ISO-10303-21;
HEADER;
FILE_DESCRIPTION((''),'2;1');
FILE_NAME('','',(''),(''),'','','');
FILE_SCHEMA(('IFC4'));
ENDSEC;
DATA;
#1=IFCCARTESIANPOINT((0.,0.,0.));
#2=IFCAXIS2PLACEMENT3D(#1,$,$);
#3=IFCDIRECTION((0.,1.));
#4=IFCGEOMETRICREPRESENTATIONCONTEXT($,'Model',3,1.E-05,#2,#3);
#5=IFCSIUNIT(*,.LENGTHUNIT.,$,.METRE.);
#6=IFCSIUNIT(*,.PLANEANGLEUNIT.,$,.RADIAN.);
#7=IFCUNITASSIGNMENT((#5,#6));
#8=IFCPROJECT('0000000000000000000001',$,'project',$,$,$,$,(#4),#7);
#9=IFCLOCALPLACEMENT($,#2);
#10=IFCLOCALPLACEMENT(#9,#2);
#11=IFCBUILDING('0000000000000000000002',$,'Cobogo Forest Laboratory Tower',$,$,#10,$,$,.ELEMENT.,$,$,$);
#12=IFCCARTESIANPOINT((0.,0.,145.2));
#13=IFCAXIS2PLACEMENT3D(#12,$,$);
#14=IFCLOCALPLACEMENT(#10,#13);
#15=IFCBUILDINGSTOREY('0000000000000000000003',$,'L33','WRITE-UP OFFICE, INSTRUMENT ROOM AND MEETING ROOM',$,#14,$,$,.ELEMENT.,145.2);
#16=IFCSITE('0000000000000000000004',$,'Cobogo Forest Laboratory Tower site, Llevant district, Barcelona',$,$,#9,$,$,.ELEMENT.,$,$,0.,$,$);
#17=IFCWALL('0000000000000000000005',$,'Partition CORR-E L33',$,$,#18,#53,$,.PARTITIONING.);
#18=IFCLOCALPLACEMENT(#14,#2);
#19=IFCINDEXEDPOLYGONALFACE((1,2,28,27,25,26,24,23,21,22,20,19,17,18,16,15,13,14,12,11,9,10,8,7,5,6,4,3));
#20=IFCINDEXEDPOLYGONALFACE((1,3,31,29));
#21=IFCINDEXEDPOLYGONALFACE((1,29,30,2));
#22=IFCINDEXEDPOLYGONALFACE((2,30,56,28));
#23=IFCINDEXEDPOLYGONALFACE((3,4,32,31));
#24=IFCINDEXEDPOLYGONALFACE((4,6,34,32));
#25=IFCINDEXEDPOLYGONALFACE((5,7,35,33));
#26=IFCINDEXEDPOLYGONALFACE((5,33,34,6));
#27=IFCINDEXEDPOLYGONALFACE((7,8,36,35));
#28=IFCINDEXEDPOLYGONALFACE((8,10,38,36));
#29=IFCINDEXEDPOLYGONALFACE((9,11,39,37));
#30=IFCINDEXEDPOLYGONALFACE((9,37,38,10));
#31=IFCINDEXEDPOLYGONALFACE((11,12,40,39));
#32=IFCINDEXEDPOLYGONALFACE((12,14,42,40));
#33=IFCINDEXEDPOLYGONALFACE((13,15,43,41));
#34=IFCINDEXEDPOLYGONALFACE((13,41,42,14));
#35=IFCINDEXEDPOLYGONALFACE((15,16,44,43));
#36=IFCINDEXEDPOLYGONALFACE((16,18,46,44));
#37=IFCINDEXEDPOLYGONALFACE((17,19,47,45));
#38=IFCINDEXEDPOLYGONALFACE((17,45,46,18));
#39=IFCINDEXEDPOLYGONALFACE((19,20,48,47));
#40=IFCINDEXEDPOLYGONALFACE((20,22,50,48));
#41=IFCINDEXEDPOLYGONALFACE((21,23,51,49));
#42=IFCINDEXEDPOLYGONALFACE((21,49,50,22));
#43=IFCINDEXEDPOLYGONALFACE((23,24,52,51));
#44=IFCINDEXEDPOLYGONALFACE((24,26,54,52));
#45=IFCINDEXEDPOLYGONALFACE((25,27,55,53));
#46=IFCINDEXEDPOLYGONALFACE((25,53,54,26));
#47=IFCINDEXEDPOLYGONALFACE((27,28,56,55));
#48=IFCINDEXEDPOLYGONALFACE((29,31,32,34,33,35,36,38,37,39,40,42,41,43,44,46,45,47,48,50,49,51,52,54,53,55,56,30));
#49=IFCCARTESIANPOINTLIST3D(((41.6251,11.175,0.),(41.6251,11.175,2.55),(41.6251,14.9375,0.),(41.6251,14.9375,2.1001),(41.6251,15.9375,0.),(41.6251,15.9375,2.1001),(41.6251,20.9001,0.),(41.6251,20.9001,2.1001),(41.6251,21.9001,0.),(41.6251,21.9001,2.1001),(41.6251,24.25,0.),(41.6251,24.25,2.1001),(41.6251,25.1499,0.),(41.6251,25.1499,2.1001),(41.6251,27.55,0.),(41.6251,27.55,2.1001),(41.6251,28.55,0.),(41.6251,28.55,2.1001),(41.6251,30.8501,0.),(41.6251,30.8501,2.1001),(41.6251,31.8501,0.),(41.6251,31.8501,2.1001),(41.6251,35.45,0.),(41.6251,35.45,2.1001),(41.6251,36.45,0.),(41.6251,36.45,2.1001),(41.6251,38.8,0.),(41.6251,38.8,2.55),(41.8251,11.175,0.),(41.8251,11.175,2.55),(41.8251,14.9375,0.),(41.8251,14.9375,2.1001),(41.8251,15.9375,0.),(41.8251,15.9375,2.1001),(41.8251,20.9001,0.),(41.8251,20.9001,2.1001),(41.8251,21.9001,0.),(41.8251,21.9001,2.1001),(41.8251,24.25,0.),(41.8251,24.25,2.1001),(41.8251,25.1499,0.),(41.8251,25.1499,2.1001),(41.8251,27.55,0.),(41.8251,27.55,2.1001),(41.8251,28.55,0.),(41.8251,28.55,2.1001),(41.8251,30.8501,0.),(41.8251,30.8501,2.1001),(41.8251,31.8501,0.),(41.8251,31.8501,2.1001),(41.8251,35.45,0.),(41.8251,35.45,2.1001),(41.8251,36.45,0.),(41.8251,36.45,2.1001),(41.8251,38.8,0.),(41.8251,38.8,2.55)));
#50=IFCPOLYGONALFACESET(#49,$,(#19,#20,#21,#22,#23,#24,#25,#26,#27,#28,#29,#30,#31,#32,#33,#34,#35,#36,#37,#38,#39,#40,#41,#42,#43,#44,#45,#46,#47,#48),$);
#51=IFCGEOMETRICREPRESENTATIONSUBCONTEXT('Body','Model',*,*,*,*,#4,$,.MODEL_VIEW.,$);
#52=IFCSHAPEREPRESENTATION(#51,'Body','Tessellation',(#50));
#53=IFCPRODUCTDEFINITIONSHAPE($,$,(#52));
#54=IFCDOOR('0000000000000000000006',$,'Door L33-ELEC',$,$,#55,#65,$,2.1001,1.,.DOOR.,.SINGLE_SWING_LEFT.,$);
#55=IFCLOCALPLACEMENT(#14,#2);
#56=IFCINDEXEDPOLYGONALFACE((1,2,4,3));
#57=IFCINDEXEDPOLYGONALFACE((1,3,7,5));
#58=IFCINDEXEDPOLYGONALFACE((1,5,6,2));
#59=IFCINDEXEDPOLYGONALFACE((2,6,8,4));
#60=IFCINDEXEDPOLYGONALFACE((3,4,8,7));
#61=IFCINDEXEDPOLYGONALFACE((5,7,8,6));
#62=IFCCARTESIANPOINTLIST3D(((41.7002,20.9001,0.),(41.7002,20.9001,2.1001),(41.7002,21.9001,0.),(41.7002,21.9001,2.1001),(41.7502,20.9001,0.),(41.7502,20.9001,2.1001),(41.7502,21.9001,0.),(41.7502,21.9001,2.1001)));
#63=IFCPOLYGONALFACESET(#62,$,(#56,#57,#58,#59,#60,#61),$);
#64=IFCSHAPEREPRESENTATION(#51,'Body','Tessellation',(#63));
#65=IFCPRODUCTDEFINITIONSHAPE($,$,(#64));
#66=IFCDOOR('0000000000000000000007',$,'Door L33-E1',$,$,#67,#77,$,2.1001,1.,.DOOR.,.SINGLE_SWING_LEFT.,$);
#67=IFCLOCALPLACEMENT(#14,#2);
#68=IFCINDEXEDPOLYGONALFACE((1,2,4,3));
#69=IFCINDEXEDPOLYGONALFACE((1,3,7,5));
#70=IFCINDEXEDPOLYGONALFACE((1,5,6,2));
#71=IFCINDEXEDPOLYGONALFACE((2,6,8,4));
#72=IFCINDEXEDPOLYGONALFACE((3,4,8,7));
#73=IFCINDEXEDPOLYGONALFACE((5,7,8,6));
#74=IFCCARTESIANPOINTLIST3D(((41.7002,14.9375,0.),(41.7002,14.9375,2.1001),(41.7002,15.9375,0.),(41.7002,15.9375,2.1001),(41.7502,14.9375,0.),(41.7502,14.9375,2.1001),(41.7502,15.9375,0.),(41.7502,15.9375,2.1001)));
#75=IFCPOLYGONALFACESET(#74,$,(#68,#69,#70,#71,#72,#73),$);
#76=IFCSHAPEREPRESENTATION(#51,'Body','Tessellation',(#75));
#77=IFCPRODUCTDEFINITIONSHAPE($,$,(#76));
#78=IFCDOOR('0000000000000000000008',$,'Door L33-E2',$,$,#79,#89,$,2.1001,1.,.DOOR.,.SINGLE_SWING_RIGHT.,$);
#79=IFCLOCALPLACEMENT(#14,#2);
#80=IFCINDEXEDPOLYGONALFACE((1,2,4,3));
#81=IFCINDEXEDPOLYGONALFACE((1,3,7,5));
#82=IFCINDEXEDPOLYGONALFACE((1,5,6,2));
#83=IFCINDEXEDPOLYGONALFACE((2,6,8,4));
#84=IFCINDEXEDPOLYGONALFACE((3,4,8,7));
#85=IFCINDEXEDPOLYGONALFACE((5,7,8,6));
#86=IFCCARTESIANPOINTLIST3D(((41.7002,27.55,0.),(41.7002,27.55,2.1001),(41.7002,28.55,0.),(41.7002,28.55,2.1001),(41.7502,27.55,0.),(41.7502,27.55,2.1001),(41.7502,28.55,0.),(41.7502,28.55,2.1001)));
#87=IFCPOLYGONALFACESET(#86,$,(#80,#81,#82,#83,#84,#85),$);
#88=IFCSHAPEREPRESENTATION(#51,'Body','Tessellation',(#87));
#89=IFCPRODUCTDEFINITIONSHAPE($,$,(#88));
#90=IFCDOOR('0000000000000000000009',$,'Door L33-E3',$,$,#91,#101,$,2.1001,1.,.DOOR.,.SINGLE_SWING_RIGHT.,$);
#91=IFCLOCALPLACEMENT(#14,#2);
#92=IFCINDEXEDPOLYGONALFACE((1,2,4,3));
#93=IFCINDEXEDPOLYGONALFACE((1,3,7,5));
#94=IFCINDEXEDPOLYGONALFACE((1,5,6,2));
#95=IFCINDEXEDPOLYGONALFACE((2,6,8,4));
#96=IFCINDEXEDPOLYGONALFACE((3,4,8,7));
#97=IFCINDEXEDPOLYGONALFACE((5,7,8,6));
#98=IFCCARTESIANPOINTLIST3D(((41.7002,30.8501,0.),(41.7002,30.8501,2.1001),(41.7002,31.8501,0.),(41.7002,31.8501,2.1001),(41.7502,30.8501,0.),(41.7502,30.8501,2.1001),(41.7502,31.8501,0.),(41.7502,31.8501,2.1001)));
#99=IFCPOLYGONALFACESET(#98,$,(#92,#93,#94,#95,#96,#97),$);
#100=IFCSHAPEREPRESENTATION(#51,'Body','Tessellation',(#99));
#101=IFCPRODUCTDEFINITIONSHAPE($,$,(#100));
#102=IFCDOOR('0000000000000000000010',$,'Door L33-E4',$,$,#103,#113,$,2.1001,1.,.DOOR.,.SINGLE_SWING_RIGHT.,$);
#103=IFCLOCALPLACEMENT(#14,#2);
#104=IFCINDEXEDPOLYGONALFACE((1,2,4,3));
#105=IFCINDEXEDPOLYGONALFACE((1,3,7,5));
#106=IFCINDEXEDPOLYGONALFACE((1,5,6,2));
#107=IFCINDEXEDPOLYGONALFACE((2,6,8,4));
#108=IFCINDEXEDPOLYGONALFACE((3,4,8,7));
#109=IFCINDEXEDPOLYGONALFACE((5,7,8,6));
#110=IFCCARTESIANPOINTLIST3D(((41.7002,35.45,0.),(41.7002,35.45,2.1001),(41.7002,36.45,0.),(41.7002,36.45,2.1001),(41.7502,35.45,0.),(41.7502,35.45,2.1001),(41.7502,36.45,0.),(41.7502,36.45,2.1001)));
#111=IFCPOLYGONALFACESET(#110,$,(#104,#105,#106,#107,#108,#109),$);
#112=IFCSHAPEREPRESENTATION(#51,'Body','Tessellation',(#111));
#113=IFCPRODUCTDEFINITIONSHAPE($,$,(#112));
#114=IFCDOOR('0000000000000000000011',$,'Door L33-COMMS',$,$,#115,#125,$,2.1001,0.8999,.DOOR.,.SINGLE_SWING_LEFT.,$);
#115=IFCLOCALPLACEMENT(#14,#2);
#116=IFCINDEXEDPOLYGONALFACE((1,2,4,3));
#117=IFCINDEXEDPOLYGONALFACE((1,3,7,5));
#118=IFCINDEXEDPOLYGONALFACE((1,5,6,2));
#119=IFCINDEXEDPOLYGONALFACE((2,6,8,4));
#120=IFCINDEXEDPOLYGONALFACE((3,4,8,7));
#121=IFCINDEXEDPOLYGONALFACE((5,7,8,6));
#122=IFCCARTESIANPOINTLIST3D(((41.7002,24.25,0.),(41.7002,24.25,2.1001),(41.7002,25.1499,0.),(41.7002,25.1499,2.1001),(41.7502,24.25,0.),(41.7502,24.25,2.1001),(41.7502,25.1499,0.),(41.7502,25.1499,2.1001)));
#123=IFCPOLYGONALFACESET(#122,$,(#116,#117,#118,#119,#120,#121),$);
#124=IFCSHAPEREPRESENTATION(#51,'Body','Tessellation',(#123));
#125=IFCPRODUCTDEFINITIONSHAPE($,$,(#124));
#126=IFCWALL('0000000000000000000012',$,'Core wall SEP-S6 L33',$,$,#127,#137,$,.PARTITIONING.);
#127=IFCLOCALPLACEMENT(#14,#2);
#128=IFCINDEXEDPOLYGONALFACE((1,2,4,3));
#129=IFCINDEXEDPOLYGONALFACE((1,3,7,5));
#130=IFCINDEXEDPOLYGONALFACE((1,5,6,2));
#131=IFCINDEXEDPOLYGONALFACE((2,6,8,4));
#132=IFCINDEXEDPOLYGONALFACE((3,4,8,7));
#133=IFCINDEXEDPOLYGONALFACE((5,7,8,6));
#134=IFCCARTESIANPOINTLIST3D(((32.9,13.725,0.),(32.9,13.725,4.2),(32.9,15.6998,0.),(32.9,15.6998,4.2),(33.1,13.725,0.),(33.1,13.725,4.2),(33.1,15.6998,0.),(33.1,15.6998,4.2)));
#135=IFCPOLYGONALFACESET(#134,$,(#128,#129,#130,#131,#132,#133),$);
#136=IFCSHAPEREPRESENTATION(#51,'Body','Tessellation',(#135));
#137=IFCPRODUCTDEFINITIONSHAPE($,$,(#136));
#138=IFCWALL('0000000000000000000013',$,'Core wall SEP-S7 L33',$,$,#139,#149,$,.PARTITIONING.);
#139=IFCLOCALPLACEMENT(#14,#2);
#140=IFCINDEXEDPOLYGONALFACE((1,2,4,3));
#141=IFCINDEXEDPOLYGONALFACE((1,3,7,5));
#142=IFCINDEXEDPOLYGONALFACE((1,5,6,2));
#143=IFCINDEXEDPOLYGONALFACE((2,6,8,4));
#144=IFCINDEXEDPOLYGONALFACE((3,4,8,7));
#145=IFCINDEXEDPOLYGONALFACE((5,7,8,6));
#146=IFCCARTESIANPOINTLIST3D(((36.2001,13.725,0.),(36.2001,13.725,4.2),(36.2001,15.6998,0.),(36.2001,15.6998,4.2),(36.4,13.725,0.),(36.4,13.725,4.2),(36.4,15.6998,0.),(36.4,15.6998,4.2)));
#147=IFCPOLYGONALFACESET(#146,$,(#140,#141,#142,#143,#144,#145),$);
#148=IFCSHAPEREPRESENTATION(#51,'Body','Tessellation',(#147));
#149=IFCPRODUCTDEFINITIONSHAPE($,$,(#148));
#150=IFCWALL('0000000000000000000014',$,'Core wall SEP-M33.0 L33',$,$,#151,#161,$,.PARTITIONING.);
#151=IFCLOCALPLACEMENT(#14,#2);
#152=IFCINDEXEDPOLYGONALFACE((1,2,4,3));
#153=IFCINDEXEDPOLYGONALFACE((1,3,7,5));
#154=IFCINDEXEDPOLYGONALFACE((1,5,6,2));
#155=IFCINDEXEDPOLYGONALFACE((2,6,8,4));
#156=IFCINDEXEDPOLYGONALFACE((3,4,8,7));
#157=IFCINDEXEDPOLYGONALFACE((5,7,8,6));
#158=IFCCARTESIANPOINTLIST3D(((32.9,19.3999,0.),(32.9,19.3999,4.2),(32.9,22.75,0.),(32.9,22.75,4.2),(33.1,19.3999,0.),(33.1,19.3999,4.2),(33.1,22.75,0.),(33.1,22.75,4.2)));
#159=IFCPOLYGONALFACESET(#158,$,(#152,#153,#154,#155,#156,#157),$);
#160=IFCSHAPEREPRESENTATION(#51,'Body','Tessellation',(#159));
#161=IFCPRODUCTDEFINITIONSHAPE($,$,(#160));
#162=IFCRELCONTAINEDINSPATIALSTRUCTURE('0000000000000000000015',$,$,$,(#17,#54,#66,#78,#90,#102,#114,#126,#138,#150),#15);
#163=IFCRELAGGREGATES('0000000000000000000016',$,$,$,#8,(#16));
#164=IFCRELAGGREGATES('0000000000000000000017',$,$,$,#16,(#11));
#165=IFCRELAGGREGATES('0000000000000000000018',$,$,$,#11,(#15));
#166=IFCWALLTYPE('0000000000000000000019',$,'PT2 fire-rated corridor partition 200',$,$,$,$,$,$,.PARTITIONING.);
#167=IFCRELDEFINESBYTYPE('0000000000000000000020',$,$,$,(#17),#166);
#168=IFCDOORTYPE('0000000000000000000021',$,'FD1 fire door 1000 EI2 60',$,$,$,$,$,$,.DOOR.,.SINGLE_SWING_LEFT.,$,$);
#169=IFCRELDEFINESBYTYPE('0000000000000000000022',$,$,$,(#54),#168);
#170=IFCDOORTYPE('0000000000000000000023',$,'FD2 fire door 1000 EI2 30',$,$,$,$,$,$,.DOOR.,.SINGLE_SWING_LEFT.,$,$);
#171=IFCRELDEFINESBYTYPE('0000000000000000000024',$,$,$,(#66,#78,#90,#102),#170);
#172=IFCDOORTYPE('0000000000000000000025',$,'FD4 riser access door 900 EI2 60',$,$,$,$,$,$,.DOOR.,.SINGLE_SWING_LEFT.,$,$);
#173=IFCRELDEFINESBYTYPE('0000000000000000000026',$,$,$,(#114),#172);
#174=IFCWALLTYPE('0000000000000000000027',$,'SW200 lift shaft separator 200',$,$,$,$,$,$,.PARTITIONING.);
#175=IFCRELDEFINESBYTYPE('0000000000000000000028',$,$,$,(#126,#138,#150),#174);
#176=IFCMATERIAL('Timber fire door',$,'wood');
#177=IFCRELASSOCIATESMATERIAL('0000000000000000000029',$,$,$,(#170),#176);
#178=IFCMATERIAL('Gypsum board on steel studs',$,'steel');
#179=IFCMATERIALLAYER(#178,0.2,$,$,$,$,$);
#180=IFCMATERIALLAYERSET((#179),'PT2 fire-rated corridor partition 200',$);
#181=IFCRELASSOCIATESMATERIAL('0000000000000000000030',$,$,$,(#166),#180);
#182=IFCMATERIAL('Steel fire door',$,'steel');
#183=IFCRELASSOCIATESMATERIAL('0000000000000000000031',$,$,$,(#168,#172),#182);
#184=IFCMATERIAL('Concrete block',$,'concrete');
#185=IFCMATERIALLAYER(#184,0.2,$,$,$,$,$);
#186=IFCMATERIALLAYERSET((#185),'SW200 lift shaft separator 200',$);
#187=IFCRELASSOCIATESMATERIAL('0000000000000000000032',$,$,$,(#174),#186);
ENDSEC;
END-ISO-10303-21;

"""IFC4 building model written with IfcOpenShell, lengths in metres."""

from ifc_helpers import new_model, si_unit, direction, frame, frame_2d, origin, place, context, subcontext, project, spatial, rectangle, extrude, material, layer, layer_set, type_object, element, fill, save


model = new_model("IFC4")

# Units and contexts
model_context = context("Model", 3, precision=1e-05, world=origin(), true_north=direction((0.0, 1.0)))
body_context = subcontext(model_context, "Body", "Model", "MODEL_VIEW")
ifc_project = project(units=[si_unit("LENGTHUNIT", "METRE"), si_unit("PLANEANGLEUNIT", "RADIAN")], contexts=[model_context])

# Site, building, storey
site_placement = place(None, origin())
site = spatial("IfcSite", under=ifc_project, at=site_placement, Name="Cobogo Forest Laboratory Tower site, Llevant district, Barcelona", CompositionType="ELEMENT", RefElevation=0.0)
building_placement = place(site_placement, origin())
building = spatial("IfcBuilding", under=site, at=building_placement, Name="Cobogo Forest Laboratory Tower", CompositionType="ELEMENT")
storey_placement = place(building_placement, frame((0.0, 0.0, 145.2)))
storey = spatial("IfcBuildingStorey", under=building, at=storey_placement, Name="L33", Description="WRITE-UP OFFICE, INSTRUMENT ROOM AND MEETING ROOM", CompositionType="ELEMENT", Elevation=145.2)

# Shared definitions
ifc_material_1 = material(Name="Steel fire door", Category="steel")

# Shared definitions
ifc_material_2 = material(Name="Gypsum board on steel studs", Category="steel")
ifc_material_3 = material(Name="Timber fire door", Category="wood")
door_type_1 = type_object("IfcDoorType", Name="FD2 fire door 1000 EI2 30", OperationType="SINGLE_SWING_LEFT", PredefinedType="DOOR", material=ifc_material_3)

# Wall, openings, doors
ifc_layer_1 = layer(ifc_material_2, 0.2)
ifc_layer_set_1 = layer_set([ifc_layer_1], Name="PT2 fire-rated corridor partition 200")
wall_type_1 = type_object("IfcWallType", Name="PT2 fire-rated corridor partition 200", PredefinedType="PARTITIONING", material=ifc_layer_set_1)
wall_1_placement = place(storey_placement, frame((41.7251, 11.175, 0.0), z_axis=(0.0, 0.0, 1.0), x_axis=(0.0, 1.0, 0.0)))
wall_1 = element("IfcWall", 1, at=wall_1_placement, inside=storey, type_object=wall_type_1, Name="Partition CORR-E L33", PredefinedType="PARTITIONING", context=body_context, shape_type="SweptSolid", body=[
    extrude(rectangle(XDim=27.625, YDim=0.2, at=frame_2d((13.8125, 0.0))), origin(), (0.0, 0.0, 1.0), 2.55),
])
opening_1_placement = place(wall_1_placement, frame((3.7625, 0.0, 0.0)))
opening_1 = element("IfcOpeningElement", 2, at=opening_1_placement, cuts=wall_1, PredefinedType="OPENING", context=body_context, shape_type="SweptSolid", body=[
    extrude(rectangle(XDim=1.0, YDim=2.1001, at=frame_2d((0.5, 1.05))), frame((0.0, 0.1099, 0.0), z_axis=(0.0, -1.0, 0.0), x_axis=(1.0, 0.0, 0.0)), (0.0, 0.0, 1.0), 0.22),
])
opening_2_placement = place(wall_1_placement, frame((9.7251, 0.0, 0.0)))
opening_2 = element("IfcOpeningElement", 3, at=opening_2_placement, cuts=wall_1, PredefinedType="OPENING", context=body_context, shape_type="SweptSolid", body=[
    extrude(rectangle(XDim=1.0, YDim=2.1001, at=frame_2d((0.5, 1.05))), frame((0.0, 0.1099, 0.0), z_axis=(0.0, -1.0, 0.0), x_axis=(1.0, 0.0, 0.0)), (0.0, 0.0, 1.0), 0.22),
])
opening_3_placement = place(wall_1_placement, frame((13.075, 0.0, 0.0)))
opening_3 = element("IfcOpeningElement", 4, at=opening_3_placement, cuts=wall_1, PredefinedType="OPENING", context=body_context, shape_type="SweptSolid", body=[
    extrude(rectangle(XDim=0.8999, YDim=2.1001, at=frame_2d((0.45, 1.05))), frame((0.0, 0.1099, 0.0), z_axis=(0.0, -1.0, 0.0), x_axis=(1.0, 0.0, 0.0)), (0.0, 0.0, 1.0), 0.22),
])
opening_4_placement = place(wall_1_placement, frame((16.375, 0.0, 0.0)))
opening_4 = element("IfcOpeningElement", 5, at=opening_4_placement, cuts=wall_1, PredefinedType="OPENING", context=body_context, shape_type="SweptSolid", body=[
    extrude(rectangle(XDim=1.0, YDim=2.1001, at=frame_2d((0.5, 1.05))), frame((0.0, 0.1099, 0.0), z_axis=(0.0, -1.0, 0.0), x_axis=(1.0, 0.0, 0.0)), (0.0, 0.0, 1.0), 0.22),
])
opening_5_placement = place(wall_1_placement, frame((19.675, 0.0, 0.0)))
opening_5 = element("IfcOpeningElement", 6, at=opening_5_placement, cuts=wall_1, PredefinedType="OPENING", context=body_context, shape_type="SweptSolid", body=[
    extrude(rectangle(XDim=1.0, YDim=2.1001, at=frame_2d((0.5, 1.05))), frame((0.0, 0.1099, 0.0), z_axis=(0.0, -1.0, 0.0), x_axis=(1.0, 0.0, 0.0)), (0.0, 0.0, 1.0), 0.22),
])
opening_6_placement = place(wall_1_placement, frame((24.2749, 0.0, 0.0)))
opening_6 = element("IfcOpeningElement", 7, at=opening_6_placement, cuts=wall_1, PredefinedType="OPENING", context=body_context, shape_type="SweptSolid", body=[
    extrude(rectangle(XDim=1.0, YDim=2.1001, at=frame_2d((0.5, 1.05))), frame((0.0, 0.1099, 0.0), z_axis=(0.0, -1.0, 0.0), x_axis=(1.0, 0.0, 0.0)), (0.0, 0.0, 1.0), 0.22),
])
door_type_2 = type_object("IfcDoorType", Name="FD1 fire door 1000 EI2 60", OperationType="SINGLE_SWING_LEFT", PredefinedType="DOOR", material=ifc_material_1)
door_1_placement = place(opening_2_placement, origin())
door_1 = element("IfcDoor", 8, at=door_1_placement, inside=storey, type_object=door_type_2, Name="Door L33-ELEC", OperationType="SINGLE_SWING_LEFT", OverallHeight=2.1001, OverallWidth=1.0, PredefinedType="DOOR", context=body_context, shape_type="SweptSolid", body=[
    extrude(rectangle(XDim=1.0, YDim=2.1001, at=frame_2d((0.5, 1.05))), frame((0.0, 0.0249, 0.0), z_axis=(0.0, -1.0, 0.0), x_axis=(1.0, 0.0, 0.0)), (0.0, 0.0, 1.0), 0.05),
])
fill(opening_2, door_1)
door_2_placement = place(opening_1_placement, origin())
door_2 = element("IfcDoor", 9, at=door_2_placement, inside=storey, type_object=door_type_1, Name="Door L33-E1", OperationType="SINGLE_SWING_LEFT", OverallHeight=2.1001, OverallWidth=1.0, PredefinedType="DOOR", context=body_context, shape_type="SweptSolid", body=[
    extrude(rectangle(XDim=1.0, YDim=2.1001, at=frame_2d((0.5, 1.05))), frame((0.0, 0.0249, 0.0), z_axis=(0.0, -1.0, 0.0), x_axis=(1.0, 0.0, 0.0)), (0.0, 0.0, 1.0), 0.05),
])
fill(opening_1, door_2)
door_3_placement = place(opening_4_placement, origin())
door_3 = element("IfcDoor", 10, at=door_3_placement, inside=storey, type_object=door_type_1, Name="Door L33-E2", OperationType="SINGLE_SWING_RIGHT", OverallHeight=2.1001, OverallWidth=1.0, PredefinedType="DOOR", context=body_context, shape_type="SweptSolid", body=[
    extrude(rectangle(XDim=1.0, YDim=2.1001, at=frame_2d((0.5, 1.05))), frame((0.0, 0.0249, 0.0), z_axis=(0.0, -1.0, 0.0), x_axis=(1.0, 0.0, 0.0)), (0.0, 0.0, 1.0), 0.05),
])
fill(opening_4, door_3)
door_4_placement = place(opening_5_placement, origin())
door_4 = element("IfcDoor", 11, at=door_4_placement, inside=storey, type_object=door_type_1, Name="Door L33-E3", OperationType="SINGLE_SWING_RIGHT", OverallHeight=2.1001, OverallWidth=1.0, PredefinedType="DOOR", context=body_context, shape_type="SweptSolid", body=[
    extrude(rectangle(XDim=1.0, YDim=2.1001, at=frame_2d((0.5, 1.05))), frame((0.0, 0.0249, 0.0), z_axis=(0.0, -1.0, 0.0), x_axis=(1.0, 0.0, 0.0)), (0.0, 0.0, 1.0), 0.05),
])
fill(opening_5, door_4)
door_5_placement = place(opening_6_placement, origin())
door_5 = element("IfcDoor", 12, at=door_5_placement, inside=storey, type_object=door_type_1, Name="Door L33-E4", OperationType="SINGLE_SWING_RIGHT", OverallHeight=2.1001, OverallWidth=1.0, PredefinedType="DOOR", context=body_context, shape_type="SweptSolid", body=[
    extrude(rectangle(XDim=1.0, YDim=2.1001, at=frame_2d((0.5, 1.05))), frame((0.0, 0.0249, 0.0), z_axis=(0.0, -1.0, 0.0), x_axis=(1.0, 0.0, 0.0)), (0.0, 0.0, 1.0), 0.05),
])
fill(opening_6, door_5)
door_type_3 = type_object("IfcDoorType", Name="FD4 riser access door 900 EI2 60", OperationType="SINGLE_SWING_LEFT", PredefinedType="DOOR", material=ifc_material_1)
door_6_placement = place(opening_3_placement, origin())
door_6 = element("IfcDoor", 13, at=door_6_placement, inside=storey, type_object=door_type_3, Name="Door L33-COMMS", OperationType="SINGLE_SWING_LEFT", OverallHeight=2.1001, OverallWidth=0.8999, PredefinedType="DOOR", context=body_context, shape_type="SweptSolid", body=[
    extrude(rectangle(XDim=0.8999, YDim=2.1001, at=frame_2d((0.45, 1.05))), frame((0.0, 0.0249, 0.0), z_axis=(0.0, -1.0, 0.0), x_axis=(1.0, 0.0, 0.0)), (0.0, 0.0, 1.0), 0.05),
])
fill(opening_3, door_6)

# Walls
ifc_material_4 = material(Name="Concrete block", Category="concrete")
ifc_layer_2 = layer(ifc_material_4, 0.2)
ifc_layer_set_2 = layer_set([ifc_layer_2], Name="SW200 lift shaft separator 200")
wall_type_2 = type_object("IfcWallType", Name="SW200 lift shaft separator 200", PredefinedType="PARTITIONING", material=ifc_layer_set_2)
for number, where, z_axis, x_axis, name in (
    (14, (33.0, 13.7251, 0.0), (0.0, 0.0, 1.0), (0.0, 1.0, 0.0), "Core wall SEP-S6 L33"),
    (15, (36.3, 13.7251, 0.0), (0.0, 0.0, 1.0), (0.0, 1.0, 0.0), "Core wall SEP-S7 L33"),
):
    element("IfcWall", number, at=place(storey_placement, frame(where, z_axis=z_axis, x_axis=x_axis)), inside=storey, type_object=wall_type_2, Name=name, PredefinedType="PARTITIONING", context=body_context, shape_type="SweptSolid", body=[
        extrude(rectangle(XDim=1.9749, YDim=0.2, at=frame_2d((0.9873, 0.0))), origin(), (0.0, 0.0, 1.0), 4.2),
    ])
wall_2_placement = place(storey_placement, frame((33.0, 19.3999, 0.0), z_axis=(0.0, 0.0, 1.0), x_axis=(0.0, 1.0, 0.0)))
element("IfcWall", 16, at=wall_2_placement, inside=storey, type_object=wall_type_2, Name="Core wall SEP-M33.0 L33", PredefinedType="PARTITIONING", context=body_context, shape_type="SweptSolid", body=[
    extrude(rectangle(XDim=3.3501, YDim=0.2, at=frame_2d((1.675, 0.0))), origin(), (0.0, 0.0, 1.0), 4.2),
])

save(model, "model.ifc")
